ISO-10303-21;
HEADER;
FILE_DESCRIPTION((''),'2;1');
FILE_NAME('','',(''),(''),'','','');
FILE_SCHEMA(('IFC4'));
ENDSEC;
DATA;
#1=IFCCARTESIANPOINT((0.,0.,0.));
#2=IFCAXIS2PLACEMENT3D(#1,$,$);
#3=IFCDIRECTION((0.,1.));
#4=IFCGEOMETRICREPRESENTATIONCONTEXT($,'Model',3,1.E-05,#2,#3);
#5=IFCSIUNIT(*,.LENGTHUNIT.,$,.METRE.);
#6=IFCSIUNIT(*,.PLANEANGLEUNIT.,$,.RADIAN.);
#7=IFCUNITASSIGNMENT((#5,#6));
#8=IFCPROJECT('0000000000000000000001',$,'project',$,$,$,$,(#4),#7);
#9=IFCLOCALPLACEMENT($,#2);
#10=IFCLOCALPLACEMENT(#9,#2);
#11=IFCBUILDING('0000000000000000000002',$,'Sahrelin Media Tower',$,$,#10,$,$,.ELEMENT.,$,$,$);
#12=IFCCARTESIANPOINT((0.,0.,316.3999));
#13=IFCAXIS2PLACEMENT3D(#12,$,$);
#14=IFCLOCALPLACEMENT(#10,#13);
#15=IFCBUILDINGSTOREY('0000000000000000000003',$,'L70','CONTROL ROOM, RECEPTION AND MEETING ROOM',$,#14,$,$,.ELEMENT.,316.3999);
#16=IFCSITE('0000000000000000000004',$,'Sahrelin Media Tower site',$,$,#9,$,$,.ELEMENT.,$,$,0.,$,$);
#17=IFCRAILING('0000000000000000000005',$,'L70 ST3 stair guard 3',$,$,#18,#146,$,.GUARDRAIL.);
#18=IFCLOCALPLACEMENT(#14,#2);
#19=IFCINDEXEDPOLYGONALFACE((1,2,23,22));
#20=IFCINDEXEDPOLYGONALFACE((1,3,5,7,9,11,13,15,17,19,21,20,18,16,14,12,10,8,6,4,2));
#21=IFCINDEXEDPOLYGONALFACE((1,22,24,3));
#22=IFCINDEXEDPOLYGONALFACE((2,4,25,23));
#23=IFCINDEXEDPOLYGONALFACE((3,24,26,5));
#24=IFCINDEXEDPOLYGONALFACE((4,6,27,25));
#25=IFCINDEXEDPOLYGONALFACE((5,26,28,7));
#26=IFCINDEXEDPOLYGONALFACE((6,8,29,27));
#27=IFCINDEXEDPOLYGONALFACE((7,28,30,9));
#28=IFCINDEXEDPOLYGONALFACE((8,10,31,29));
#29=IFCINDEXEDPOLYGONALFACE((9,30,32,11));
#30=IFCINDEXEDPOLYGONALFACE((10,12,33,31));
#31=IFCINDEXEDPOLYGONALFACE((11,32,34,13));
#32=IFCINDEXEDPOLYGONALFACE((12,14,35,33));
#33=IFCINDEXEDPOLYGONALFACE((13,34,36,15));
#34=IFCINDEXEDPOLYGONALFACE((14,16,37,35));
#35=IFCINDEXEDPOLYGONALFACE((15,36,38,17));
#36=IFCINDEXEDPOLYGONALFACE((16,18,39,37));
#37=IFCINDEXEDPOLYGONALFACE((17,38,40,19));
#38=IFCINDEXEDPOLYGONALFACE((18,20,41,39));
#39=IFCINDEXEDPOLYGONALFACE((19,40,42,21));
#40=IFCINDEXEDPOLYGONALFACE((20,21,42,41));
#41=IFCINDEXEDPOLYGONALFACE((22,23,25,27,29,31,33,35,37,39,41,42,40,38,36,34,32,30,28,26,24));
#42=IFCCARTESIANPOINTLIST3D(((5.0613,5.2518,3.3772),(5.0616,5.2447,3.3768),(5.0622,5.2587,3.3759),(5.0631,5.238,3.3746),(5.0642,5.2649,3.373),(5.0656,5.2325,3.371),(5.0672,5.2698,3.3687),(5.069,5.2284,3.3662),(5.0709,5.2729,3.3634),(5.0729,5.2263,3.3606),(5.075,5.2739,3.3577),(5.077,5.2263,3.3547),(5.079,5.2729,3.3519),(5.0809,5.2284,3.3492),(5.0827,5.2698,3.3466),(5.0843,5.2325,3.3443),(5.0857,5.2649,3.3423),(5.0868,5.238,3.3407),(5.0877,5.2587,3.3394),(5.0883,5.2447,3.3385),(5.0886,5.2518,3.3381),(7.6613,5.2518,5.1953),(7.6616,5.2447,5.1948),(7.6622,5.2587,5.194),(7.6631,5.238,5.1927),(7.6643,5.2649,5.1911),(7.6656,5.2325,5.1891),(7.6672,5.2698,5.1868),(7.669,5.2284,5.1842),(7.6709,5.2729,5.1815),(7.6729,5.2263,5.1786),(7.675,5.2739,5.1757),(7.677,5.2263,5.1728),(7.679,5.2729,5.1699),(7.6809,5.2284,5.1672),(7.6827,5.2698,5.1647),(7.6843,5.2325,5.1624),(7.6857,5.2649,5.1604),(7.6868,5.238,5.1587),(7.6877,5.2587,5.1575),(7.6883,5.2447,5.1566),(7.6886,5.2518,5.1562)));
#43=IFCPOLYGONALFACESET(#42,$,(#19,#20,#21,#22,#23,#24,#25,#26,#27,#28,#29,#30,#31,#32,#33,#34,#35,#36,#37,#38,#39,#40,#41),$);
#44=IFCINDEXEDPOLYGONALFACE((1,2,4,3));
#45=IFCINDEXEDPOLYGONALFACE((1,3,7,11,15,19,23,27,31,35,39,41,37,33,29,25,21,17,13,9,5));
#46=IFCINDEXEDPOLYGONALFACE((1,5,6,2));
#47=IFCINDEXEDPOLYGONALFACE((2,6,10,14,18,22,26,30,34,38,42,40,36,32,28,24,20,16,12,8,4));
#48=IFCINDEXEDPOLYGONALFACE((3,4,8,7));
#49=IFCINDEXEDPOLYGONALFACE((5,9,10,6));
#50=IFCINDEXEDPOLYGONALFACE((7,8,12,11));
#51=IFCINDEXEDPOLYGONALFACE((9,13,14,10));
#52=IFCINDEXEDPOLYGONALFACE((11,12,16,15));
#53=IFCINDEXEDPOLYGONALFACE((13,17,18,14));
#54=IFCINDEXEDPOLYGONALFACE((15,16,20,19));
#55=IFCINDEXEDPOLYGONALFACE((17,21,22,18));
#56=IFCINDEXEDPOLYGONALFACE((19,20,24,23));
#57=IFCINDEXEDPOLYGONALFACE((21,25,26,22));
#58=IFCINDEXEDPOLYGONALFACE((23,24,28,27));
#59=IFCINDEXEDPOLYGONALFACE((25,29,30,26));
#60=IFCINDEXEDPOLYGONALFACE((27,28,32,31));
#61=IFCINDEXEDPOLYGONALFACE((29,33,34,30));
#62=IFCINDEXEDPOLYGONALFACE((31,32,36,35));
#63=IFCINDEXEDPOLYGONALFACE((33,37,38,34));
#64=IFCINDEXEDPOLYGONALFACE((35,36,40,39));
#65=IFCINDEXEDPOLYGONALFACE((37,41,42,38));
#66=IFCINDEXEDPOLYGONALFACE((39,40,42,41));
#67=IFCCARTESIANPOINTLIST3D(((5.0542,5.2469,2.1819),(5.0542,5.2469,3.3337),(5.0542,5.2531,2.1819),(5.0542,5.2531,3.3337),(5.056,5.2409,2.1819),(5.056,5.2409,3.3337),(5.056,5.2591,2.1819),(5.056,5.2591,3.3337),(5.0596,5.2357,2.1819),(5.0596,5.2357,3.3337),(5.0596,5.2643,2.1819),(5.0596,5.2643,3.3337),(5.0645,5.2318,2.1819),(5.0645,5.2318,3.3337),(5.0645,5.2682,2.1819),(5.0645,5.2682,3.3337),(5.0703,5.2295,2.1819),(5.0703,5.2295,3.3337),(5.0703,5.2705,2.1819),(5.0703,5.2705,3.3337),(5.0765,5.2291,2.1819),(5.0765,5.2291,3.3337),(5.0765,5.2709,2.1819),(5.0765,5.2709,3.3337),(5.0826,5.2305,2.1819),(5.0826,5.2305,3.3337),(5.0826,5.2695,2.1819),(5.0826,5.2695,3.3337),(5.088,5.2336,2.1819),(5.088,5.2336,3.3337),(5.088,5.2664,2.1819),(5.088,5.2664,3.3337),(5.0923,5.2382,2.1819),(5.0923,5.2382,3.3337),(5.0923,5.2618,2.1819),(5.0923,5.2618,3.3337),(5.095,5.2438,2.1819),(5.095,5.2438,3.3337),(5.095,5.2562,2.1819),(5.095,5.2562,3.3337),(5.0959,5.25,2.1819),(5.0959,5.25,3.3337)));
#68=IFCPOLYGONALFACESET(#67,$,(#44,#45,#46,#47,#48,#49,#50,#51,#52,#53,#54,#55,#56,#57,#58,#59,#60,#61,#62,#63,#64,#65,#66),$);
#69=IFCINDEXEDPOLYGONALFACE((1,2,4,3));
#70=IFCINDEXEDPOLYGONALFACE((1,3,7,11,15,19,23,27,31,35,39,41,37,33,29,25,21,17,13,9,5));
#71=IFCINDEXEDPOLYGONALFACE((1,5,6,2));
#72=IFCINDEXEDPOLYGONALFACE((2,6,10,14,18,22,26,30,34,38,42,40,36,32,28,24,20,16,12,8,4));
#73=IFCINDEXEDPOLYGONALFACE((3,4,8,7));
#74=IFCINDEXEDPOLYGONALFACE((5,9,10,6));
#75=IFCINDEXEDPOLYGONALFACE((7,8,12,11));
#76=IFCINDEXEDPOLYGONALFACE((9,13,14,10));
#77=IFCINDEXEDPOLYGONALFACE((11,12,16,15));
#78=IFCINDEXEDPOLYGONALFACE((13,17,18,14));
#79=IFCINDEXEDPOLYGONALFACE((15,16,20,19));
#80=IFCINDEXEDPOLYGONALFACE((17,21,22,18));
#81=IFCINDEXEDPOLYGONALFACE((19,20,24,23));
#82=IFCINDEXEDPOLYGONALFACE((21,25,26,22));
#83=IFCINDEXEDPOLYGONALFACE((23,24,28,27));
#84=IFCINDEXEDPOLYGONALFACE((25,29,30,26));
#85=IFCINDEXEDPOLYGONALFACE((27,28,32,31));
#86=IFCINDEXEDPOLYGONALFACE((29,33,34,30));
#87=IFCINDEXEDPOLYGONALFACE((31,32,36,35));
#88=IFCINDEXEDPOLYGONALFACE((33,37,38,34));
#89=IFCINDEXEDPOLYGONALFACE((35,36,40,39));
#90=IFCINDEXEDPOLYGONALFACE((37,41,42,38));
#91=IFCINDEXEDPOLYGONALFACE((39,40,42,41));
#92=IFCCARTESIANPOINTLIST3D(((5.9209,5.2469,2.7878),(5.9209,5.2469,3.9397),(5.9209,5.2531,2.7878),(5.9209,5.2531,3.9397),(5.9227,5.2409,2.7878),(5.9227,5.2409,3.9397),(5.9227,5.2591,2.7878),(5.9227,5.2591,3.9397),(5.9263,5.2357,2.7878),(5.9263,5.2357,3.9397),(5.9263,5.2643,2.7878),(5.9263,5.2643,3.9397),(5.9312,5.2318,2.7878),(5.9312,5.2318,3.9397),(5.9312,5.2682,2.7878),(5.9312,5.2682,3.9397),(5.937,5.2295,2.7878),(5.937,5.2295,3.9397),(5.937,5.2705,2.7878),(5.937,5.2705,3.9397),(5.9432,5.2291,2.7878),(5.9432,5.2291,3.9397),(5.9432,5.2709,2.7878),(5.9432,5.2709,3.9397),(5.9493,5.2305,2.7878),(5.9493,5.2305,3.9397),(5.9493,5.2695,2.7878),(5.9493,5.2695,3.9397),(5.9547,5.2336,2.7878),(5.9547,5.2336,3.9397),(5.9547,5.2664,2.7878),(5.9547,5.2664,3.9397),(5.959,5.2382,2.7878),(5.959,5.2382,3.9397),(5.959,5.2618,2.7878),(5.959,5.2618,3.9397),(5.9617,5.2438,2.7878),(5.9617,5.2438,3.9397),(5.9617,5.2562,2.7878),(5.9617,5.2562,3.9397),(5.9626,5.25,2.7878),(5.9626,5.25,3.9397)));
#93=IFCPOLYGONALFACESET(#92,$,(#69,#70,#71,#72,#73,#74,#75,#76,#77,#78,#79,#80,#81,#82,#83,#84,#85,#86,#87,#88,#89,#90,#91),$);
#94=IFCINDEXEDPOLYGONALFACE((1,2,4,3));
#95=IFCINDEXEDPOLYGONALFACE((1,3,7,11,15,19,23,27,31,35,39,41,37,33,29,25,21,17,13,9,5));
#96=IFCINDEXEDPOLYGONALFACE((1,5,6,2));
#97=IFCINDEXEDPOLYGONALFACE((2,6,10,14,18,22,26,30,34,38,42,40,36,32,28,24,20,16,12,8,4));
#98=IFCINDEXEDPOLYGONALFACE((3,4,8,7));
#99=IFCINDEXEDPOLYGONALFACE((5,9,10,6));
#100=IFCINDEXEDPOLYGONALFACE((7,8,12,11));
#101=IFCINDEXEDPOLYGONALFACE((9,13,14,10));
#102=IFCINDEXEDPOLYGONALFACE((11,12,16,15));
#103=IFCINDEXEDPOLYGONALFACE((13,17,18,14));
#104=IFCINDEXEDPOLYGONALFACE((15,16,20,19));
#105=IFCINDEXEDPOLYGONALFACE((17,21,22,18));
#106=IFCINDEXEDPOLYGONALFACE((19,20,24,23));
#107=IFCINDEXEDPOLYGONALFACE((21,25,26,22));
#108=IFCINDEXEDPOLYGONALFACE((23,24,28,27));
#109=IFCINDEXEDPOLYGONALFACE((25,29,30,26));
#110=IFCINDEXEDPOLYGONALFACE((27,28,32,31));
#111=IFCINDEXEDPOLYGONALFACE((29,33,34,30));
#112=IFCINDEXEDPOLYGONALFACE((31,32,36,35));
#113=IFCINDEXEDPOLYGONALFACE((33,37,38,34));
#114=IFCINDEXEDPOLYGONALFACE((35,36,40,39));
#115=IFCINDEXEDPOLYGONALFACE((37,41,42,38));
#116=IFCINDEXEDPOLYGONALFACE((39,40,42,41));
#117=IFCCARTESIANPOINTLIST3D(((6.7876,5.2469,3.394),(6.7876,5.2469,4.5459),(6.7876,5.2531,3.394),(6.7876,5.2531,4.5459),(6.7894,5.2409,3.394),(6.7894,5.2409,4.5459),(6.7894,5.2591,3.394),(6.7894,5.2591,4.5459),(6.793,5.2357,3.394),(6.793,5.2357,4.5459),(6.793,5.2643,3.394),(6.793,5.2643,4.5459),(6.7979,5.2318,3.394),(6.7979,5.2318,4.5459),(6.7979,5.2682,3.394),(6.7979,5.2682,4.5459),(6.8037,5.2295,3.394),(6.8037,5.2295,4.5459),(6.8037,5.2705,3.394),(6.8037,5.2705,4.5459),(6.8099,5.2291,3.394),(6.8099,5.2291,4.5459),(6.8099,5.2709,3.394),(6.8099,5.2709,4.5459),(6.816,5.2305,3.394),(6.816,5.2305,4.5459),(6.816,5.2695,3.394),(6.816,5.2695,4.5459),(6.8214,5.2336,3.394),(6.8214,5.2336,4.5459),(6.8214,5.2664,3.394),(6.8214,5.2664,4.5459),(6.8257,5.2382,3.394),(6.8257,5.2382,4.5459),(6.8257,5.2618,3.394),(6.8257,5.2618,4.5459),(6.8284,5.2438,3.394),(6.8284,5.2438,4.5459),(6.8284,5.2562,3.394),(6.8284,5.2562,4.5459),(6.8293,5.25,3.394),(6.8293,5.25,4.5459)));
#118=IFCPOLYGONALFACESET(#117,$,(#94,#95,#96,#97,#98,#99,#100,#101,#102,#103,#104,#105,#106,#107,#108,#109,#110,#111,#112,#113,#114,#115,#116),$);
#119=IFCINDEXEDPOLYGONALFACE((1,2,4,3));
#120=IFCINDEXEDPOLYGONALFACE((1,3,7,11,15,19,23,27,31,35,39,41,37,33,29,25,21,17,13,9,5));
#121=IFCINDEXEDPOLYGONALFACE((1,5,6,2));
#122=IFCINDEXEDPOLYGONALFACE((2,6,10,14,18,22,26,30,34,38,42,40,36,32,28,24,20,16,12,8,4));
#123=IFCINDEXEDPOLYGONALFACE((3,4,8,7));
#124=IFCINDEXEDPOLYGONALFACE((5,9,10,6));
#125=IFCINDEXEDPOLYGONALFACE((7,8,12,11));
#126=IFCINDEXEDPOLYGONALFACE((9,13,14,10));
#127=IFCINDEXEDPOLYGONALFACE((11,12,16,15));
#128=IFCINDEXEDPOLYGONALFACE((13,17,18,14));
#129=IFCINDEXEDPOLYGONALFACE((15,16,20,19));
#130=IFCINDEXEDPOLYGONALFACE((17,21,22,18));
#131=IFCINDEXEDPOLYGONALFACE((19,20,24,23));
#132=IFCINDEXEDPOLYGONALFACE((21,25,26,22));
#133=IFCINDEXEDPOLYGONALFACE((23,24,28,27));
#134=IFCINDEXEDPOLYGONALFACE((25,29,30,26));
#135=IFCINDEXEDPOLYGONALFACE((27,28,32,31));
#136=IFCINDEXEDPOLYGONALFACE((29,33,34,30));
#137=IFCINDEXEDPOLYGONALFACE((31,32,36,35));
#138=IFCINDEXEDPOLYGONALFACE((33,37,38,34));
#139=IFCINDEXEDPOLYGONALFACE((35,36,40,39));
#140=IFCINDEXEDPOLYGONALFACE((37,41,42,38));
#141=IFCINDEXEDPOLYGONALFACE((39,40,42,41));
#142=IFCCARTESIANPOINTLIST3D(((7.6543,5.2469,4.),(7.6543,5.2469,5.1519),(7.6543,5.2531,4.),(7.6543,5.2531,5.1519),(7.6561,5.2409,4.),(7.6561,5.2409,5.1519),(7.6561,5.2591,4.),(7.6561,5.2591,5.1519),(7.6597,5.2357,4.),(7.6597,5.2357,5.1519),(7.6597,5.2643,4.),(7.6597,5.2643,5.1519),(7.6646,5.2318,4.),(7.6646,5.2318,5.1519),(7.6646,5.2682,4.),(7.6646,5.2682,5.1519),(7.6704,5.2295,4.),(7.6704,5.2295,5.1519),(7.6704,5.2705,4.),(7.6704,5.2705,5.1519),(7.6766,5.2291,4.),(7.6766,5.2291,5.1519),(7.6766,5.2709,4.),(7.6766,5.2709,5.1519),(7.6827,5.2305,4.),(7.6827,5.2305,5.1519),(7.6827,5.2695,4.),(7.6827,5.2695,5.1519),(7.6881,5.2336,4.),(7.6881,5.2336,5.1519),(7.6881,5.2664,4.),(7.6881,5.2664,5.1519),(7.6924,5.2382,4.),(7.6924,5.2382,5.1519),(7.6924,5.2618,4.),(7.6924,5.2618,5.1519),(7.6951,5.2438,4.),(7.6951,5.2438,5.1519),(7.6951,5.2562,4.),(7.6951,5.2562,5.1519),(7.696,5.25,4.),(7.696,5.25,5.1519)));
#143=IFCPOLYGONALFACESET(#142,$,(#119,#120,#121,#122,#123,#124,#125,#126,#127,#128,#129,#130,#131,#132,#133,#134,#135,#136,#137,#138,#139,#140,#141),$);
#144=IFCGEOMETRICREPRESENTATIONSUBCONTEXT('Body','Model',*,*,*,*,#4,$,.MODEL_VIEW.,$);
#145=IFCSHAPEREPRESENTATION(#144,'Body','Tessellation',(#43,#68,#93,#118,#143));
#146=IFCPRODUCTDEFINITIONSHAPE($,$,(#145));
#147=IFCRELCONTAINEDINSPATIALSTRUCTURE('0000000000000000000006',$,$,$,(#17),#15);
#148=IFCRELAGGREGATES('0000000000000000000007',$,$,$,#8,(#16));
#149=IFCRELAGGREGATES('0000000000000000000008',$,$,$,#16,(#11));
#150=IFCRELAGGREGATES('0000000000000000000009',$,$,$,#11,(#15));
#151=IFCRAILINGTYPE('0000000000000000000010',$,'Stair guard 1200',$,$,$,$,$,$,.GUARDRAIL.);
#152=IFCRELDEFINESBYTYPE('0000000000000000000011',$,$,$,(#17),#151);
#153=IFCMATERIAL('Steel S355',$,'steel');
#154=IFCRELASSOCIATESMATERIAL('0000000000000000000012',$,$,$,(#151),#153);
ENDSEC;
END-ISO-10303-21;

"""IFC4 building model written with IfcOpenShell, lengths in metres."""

from ifc_helpers import new_model, si_unit, direction, frame, origin, origin_2d, place, context, subcontext, project, spatial, circle, extrude, material, type_object, element, save


model = new_model("IFC4")

# Units and contexts
model_context = context("Model", 3, precision=1e-05, world=origin(), true_north=direction((0.0, 1.0)))
body_context = subcontext(model_context, "Body", "Model", "MODEL_VIEW")
ifc_project = project(units=[si_unit("LENGTHUNIT", "METRE"), si_unit("PLANEANGLEUNIT", "RADIAN")], contexts=[model_context])

# Site, building, storey
site_placement = place(None, origin())
site = spatial("IfcSite", under=ifc_project, at=site_placement, Name="Sahrelin Media Tower site", CompositionType="ELEMENT", RefElevation=0.0)
building_placement = place(site_placement, origin())
building = spatial("IfcBuilding", under=site, at=building_placement, Name="Sahrelin Media Tower", CompositionType="ELEMENT")
storey_placement = place(building_placement, frame((0.0, 0.0, 316.3999)))
storey = spatial("IfcBuildingStorey", under=building, at=storey_placement, Name="L70", Description="CONTROL ROOM, RECEPTION AND MEETING ROOM", CompositionType="ELEMENT", Elevation=316.3999)

# Shared definitions
ifc_material_1 = material(Name="Steel S355", Category="steel")

# Railing
railing_type_1 = type_object("IfcRailingType", Name="Stair guard 1200", PredefinedType="GUARDRAIL", material=ifc_material_1)
railing_1_placement = place(storey_placement, frame((5.075, 5.25, 2.1819)))
element("IfcRailing", 1, at=railing_1_placement, inside=storey, type_object=railing_type_1, Name="L70 ST3 stair guard 3", PredefinedType="GUARDRAIL", context=body_context, shape_type="SweptSolid", body=[
    extrude(circle(Radius=0.0239, at=origin_2d()), frame((0.0, 0.0, 1.1758), z_axis=(0.819521, 0.0, 0.573049), x_axis=(0.0, 1.0, 0.0)), (0.0, 0.0, 1.0), 3.1726),
    extrude(circle(Radius=0.021, at=origin_2d()), origin(), (0.0, 0.0, 1.0), 1.1519),
    extrude(circle(Radius=0.021, at=origin_2d()), frame((0.8667, 0.0, 0.606)), (0.0, 0.0, 1.0), 1.1519),
    extrude(circle(Radius=0.021, at=origin_2d()), frame((1.7334, 0.0, 1.2122)), (0.0, 0.0, 1.0), 1.1519),
    extrude(circle(Radius=0.021, at=origin_2d()), frame((2.6001, 0.0, 1.8181)), (0.0, 0.0, 1.0), 1.1519),
])

save(model, "model.ifc")
